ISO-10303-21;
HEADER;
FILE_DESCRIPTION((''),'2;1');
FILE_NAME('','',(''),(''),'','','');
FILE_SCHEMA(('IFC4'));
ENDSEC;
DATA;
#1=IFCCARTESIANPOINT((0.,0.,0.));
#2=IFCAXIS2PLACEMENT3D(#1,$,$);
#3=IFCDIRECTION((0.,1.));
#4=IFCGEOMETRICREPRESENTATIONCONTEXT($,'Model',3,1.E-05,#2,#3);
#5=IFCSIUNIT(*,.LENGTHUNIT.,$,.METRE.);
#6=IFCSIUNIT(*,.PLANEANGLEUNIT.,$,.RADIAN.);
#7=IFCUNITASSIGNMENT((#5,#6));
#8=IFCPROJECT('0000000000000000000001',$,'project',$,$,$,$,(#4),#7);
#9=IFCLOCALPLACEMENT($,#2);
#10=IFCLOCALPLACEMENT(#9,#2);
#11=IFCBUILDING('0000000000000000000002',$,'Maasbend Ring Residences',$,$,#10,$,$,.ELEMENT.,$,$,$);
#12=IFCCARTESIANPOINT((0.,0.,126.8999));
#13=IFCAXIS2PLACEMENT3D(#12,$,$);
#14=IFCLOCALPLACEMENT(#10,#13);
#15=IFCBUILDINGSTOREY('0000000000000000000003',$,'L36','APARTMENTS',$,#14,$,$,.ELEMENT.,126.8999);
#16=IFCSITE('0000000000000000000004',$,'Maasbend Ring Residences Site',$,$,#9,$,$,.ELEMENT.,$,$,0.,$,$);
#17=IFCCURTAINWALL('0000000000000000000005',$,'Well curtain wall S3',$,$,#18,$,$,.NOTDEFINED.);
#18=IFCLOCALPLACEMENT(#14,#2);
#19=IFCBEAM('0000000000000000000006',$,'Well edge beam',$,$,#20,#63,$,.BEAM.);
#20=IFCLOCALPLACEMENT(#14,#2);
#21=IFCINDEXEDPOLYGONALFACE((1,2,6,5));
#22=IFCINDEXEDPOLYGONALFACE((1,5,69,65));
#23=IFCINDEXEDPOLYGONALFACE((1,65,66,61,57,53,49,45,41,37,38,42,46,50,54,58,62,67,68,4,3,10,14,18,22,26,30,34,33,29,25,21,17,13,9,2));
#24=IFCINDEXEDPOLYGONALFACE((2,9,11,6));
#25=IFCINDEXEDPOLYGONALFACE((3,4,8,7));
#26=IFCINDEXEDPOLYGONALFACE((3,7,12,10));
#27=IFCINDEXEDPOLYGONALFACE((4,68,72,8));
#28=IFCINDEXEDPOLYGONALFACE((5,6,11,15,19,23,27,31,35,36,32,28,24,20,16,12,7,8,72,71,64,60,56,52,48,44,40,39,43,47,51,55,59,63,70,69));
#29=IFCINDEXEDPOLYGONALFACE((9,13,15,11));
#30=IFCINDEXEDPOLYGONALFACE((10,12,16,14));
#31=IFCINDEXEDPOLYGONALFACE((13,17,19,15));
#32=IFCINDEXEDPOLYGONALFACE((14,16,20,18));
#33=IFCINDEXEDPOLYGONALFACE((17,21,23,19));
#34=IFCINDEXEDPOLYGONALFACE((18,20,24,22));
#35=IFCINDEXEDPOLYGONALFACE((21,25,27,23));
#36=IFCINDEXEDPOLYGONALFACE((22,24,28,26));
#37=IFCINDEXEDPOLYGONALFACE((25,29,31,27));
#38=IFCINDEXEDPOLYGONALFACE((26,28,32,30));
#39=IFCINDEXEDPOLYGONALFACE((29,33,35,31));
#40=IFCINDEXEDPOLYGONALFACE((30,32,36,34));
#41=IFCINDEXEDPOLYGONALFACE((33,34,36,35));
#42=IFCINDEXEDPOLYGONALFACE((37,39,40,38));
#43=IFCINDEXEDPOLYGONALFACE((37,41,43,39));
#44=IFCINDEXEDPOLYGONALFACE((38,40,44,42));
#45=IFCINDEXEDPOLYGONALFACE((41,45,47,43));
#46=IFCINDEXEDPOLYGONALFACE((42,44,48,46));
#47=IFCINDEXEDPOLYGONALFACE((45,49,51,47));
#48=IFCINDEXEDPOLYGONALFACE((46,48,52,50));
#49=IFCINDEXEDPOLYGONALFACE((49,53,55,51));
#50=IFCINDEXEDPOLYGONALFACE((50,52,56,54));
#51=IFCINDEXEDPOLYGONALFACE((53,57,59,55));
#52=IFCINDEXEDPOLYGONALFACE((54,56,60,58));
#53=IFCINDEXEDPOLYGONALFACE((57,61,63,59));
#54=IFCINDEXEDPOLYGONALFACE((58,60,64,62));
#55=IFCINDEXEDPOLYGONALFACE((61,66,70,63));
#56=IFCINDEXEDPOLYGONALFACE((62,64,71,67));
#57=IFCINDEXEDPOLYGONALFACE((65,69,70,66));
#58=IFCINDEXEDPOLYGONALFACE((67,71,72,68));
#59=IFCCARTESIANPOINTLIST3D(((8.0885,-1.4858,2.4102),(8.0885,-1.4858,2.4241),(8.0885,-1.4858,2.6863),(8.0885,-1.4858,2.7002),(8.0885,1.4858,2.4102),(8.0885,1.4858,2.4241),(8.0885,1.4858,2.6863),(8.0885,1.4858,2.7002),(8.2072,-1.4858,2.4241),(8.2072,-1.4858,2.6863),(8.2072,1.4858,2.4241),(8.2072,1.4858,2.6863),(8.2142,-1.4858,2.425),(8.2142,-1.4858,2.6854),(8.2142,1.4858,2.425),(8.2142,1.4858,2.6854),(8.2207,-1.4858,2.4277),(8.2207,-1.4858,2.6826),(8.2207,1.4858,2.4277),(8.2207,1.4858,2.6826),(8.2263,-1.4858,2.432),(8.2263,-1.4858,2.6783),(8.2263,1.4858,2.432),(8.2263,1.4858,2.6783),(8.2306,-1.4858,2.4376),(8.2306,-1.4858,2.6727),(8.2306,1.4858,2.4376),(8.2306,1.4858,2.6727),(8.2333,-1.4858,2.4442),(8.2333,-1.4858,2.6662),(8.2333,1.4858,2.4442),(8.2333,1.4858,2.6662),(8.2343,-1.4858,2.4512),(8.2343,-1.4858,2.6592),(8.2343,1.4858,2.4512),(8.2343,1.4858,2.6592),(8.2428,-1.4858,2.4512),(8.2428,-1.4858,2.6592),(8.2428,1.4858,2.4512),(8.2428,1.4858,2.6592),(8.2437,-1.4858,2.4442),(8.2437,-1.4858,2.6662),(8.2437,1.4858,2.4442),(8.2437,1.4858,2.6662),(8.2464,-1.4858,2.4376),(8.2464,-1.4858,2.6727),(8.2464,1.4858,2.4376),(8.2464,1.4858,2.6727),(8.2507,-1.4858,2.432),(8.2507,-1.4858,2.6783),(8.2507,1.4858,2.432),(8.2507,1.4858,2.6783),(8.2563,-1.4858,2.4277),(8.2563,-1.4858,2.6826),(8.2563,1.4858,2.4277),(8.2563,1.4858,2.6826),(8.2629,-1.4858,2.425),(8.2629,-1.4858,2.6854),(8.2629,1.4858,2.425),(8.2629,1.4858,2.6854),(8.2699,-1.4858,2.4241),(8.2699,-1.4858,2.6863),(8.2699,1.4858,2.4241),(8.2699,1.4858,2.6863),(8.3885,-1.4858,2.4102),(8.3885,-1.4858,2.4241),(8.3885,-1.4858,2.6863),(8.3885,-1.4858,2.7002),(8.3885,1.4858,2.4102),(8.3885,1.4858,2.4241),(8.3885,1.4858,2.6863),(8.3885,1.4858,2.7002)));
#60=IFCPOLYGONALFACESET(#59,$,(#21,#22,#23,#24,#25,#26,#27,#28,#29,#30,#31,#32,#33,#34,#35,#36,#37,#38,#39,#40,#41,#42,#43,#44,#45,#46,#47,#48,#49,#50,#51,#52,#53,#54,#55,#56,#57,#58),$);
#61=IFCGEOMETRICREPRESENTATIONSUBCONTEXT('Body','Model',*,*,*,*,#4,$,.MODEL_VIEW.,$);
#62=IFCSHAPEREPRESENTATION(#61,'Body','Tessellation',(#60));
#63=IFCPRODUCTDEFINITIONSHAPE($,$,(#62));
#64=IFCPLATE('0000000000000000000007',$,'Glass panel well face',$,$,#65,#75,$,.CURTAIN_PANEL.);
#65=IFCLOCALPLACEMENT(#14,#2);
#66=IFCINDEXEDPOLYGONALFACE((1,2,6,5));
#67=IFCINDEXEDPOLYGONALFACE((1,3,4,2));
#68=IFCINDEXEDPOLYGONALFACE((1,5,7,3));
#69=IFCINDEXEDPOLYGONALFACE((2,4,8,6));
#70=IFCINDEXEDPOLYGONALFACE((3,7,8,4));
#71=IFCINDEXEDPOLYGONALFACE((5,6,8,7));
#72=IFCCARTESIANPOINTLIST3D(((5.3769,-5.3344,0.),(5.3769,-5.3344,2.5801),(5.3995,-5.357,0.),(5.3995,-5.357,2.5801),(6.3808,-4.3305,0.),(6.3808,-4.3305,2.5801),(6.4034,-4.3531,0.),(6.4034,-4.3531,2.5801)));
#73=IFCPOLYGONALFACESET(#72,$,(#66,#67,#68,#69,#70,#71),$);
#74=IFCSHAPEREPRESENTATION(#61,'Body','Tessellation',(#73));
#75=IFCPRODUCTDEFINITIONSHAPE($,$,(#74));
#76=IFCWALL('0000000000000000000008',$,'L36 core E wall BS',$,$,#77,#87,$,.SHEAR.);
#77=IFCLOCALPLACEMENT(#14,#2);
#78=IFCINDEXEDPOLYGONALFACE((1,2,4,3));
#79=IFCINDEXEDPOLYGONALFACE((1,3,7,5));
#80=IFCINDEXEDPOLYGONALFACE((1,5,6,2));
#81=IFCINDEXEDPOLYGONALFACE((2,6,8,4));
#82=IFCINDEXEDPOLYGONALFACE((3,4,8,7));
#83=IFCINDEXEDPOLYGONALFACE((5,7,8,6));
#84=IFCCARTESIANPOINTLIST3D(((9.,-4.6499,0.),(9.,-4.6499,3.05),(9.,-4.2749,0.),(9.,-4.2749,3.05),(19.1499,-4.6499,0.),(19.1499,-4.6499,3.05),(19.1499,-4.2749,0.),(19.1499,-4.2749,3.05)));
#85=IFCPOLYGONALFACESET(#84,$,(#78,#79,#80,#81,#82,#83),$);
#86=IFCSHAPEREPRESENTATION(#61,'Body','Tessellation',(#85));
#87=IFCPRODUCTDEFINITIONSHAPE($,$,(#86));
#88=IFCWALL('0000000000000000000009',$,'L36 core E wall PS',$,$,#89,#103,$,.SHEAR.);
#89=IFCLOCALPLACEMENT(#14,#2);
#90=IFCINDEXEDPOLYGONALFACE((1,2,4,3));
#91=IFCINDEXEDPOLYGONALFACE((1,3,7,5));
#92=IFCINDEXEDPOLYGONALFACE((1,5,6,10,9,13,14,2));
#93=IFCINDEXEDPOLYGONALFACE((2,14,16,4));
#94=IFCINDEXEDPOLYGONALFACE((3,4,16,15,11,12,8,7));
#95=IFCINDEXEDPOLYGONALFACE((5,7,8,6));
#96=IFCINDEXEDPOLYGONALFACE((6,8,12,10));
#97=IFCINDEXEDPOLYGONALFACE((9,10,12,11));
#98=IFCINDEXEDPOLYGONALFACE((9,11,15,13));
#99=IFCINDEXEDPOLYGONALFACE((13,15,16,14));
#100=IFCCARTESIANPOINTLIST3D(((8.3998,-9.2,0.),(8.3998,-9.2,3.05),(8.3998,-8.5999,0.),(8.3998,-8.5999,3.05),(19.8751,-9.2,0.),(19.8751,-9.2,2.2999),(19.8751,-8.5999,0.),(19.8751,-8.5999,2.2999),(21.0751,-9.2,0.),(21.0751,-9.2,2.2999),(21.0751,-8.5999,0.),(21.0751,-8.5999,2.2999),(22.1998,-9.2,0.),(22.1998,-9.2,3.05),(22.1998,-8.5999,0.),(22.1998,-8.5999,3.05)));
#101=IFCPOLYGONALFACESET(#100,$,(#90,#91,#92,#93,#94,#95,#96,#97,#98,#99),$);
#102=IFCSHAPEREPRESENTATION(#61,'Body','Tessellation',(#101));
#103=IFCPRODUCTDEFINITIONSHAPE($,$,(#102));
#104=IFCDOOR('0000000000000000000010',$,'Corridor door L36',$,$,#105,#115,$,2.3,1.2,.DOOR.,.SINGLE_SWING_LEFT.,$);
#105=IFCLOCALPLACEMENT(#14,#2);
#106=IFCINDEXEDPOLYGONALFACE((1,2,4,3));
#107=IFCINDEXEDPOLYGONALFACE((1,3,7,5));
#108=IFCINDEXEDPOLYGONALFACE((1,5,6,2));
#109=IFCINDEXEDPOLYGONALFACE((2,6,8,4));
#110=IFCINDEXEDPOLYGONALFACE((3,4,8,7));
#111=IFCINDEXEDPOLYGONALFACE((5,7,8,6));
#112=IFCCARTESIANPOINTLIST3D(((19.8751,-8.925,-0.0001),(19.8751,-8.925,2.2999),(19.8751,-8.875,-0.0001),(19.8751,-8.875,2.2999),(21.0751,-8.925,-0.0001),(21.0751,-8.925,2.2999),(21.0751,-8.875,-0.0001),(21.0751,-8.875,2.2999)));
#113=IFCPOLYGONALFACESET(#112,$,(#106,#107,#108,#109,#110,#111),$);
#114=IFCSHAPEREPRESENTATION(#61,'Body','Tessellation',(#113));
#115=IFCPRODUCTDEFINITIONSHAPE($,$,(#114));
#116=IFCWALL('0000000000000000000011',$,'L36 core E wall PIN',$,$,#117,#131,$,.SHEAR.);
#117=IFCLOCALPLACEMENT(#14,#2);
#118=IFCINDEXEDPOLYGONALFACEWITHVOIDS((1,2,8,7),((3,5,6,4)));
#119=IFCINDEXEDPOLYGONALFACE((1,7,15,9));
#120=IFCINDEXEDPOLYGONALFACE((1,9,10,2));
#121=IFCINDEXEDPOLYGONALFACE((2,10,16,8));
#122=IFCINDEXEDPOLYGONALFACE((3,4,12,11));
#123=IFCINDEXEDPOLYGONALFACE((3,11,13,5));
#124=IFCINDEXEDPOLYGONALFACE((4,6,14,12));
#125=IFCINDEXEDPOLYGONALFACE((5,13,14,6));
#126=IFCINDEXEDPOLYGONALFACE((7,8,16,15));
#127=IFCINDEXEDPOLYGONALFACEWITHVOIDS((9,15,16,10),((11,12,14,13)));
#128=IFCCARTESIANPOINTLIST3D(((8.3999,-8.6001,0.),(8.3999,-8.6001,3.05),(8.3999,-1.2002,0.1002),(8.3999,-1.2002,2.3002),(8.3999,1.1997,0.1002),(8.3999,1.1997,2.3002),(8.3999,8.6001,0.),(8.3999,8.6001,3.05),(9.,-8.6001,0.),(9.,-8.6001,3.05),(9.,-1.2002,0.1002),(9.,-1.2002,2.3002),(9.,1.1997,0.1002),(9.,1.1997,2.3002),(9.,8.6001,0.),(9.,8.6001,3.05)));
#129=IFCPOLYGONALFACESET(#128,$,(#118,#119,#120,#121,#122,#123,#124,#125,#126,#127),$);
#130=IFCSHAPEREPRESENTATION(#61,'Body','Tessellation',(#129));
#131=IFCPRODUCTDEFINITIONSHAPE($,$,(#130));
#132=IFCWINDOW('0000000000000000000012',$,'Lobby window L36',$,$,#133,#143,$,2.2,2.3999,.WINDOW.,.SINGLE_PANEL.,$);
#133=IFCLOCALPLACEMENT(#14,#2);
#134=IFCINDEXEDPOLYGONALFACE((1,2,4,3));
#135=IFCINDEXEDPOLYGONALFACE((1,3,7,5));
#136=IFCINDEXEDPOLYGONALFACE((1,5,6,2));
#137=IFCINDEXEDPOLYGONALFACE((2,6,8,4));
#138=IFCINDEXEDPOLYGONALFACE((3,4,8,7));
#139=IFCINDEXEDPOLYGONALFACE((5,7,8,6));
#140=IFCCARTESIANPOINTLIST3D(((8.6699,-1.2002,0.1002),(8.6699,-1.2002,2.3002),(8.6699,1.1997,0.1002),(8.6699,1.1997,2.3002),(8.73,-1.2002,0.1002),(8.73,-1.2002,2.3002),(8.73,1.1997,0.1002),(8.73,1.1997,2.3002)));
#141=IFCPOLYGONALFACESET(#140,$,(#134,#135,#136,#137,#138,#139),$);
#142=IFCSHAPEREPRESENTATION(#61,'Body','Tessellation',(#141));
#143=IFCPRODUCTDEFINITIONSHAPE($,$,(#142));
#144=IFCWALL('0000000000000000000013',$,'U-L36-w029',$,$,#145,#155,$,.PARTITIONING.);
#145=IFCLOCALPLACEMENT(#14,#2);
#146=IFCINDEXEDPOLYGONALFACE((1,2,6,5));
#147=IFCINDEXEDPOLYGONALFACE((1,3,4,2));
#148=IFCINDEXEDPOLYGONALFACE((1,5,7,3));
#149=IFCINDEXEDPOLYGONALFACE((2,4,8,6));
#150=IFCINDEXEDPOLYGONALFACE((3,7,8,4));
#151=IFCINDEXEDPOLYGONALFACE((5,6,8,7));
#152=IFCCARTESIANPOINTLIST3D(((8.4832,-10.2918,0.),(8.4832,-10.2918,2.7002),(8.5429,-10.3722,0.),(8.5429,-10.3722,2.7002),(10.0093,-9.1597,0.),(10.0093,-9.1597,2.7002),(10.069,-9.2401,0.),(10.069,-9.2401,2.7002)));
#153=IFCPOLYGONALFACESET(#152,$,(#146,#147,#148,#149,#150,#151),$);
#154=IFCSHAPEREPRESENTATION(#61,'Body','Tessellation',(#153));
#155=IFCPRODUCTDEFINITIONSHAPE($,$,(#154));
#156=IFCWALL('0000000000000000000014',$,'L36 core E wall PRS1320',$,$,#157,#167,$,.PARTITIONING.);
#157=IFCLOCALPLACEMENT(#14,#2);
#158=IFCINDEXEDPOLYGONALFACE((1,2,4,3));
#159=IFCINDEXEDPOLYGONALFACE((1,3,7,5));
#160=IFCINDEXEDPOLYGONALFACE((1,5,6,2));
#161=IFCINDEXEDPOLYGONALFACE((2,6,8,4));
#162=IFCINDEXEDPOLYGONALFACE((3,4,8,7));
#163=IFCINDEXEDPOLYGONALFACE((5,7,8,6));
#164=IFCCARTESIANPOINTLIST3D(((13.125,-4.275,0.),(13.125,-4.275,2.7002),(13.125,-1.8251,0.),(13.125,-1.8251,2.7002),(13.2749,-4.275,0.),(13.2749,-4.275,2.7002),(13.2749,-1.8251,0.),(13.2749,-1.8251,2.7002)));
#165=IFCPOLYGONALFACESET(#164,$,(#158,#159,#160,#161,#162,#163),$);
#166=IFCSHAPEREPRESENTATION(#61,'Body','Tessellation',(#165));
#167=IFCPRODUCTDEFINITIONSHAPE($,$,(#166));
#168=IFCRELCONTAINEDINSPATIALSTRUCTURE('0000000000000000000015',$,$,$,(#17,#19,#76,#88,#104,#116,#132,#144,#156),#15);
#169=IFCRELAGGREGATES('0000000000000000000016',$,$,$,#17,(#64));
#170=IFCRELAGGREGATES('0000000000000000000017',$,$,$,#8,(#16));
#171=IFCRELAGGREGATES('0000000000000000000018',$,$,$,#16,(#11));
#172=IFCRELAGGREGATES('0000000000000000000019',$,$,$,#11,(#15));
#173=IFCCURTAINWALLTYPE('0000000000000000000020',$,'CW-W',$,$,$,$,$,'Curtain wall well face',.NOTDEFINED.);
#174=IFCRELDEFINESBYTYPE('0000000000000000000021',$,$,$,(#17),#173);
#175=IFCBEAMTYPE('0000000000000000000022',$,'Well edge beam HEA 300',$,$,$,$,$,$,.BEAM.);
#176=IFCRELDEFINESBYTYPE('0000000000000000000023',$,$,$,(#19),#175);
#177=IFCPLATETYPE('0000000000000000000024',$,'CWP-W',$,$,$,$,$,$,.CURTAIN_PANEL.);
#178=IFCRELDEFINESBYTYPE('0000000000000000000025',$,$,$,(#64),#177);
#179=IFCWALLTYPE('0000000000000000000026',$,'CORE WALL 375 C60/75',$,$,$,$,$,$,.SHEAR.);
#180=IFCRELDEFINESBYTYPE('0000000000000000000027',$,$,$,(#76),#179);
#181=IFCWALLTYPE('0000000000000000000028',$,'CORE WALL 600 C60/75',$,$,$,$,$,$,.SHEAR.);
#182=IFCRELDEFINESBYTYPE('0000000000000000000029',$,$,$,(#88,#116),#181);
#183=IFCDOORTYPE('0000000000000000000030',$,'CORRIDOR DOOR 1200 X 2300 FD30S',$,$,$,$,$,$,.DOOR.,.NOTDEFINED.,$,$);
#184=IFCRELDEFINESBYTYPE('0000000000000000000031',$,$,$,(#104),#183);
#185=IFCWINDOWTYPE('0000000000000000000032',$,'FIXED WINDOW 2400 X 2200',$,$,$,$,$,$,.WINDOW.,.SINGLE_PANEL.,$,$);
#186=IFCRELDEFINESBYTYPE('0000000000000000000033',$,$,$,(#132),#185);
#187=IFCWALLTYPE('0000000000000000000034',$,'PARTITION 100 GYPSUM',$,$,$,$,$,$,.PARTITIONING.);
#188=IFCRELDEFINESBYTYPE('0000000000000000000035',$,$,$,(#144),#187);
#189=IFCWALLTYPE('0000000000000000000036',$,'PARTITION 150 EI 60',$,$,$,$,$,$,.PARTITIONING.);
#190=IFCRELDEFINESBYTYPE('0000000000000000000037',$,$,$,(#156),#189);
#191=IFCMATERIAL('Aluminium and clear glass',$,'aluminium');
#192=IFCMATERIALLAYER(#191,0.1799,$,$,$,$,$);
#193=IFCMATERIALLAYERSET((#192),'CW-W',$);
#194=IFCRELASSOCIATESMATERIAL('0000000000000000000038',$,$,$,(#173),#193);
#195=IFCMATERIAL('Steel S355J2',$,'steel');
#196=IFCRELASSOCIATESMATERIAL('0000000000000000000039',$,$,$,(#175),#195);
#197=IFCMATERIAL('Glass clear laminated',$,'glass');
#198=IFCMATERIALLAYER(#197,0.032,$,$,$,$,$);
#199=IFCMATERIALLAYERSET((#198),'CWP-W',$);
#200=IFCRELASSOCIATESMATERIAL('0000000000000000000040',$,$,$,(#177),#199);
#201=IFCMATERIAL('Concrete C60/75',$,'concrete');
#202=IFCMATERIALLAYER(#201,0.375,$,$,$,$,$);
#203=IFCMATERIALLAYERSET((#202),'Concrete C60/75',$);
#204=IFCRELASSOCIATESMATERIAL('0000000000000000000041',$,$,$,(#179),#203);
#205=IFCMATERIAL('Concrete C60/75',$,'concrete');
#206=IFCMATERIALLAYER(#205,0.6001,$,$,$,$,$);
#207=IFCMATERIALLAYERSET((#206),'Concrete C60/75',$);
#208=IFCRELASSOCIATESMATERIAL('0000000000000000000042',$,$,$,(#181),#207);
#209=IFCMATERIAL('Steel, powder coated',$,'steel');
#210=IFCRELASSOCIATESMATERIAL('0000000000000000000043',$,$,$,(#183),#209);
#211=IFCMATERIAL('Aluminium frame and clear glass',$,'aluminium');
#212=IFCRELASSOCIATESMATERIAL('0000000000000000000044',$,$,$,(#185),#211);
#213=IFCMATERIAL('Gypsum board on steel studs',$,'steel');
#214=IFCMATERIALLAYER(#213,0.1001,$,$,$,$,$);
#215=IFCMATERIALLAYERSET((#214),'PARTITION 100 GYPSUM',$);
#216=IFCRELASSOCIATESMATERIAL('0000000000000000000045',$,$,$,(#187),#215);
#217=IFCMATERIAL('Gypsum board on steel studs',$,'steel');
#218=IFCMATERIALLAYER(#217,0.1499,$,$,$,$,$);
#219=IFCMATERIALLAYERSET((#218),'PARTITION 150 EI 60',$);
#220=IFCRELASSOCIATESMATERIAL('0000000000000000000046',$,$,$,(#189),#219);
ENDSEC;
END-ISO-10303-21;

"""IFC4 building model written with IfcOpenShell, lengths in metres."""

from ifc_helpers import new_model, si_unit, direction, frame, frame_2d, origin, origin_2d, place, context, subcontext, project, spatial, rectangle, i_section, extrude, material, layer, layer_set, material_profile, profile_set, type_object, element, fill, aggregate, save


model = new_model("IFC4")

# Units and contexts
model_context = context("Model", 3, precision=1e-05, world=origin(), true_north=direction((0.0, 1.0)))
body_context = subcontext(model_context, "Body", "Model", "MODEL_VIEW")
ifc_project = project(units=[si_unit("LENGTHUNIT", "METRE"), si_unit("PLANEANGLEUNIT", "RADIAN")], contexts=[model_context])

# Site, building, storey
site_placement = place(None, origin())
site = spatial("IfcSite", under=ifc_project, at=site_placement, Name="Maasbend Ring Residences Site", CompositionType="ELEMENT", RefElevation=0.0)
building_placement = place(site_placement, origin())
building = spatial("IfcBuilding", under=site, at=building_placement, Name="Maasbend Ring Residences", CompositionType="ELEMENT")
storey_placement = place(building_placement, frame((0.0, 0.0, 126.8999)))
storey = spatial("IfcBuildingStorey", under=building, at=storey_placement, Name="L36", Description="APARTMENTS", CompositionType="ELEMENT", Elevation=126.8999)

# Curtain wall
ifc_material_1 = material(Name="Aluminium and clear glass", Category="aluminium")
ifc_layer_1 = layer(ifc_material_1, 0.1799)
ifc_layer_set_1 = layer_set([ifc_layer_1], Name="CW-W")
curtain_wall_type = type_object("IfcCurtainWallType", Name="CW-W", ElementType="Curtain wall well face", PredefinedType="NOTDEFINED", material=ifc_layer_set_1)
curtain_wall_placement = place(storey_placement, origin())
curtain_wall = element("IfcCurtainWall", 1, at=curtain_wall_placement, inside=storey, type_object=curtain_wall_type, Name="Well curtain wall S3", PredefinedType="NOTDEFINED")

# Beam
ifc_material_2 = material(Name="Steel S355J2", Category="steel")
ifc_material_profile_1 = material_profile(ifc_material_2, i_section(OverallWidth=0.3, OverallDepth=0.29, WebThickness=0.0085, FlangeThickness=0.0139, FilletRadius=0.0271, at=origin_2d()), Name="HEA 300")
ifc_profile_set_1 = profile_set([ifc_material_profile_1], Name="Steel S355J2")
beam_type = type_object("IfcBeamType", Name="Well edge beam HEA 300", PredefinedType="BEAM", material=ifc_profile_set_1)
for number, where, z_axis, x_axis, name in (
    (2, (8.2385, -1.4858, 2.5552), (0.0, 1.0, 0.0), (-1.0, 0.0, 0.0), "Well edge beam"),
):
    element("IfcBeam", number, at=place(storey_placement, frame(where, z_axis=z_axis, x_axis=x_axis)), inside=storey, type_object=beam_type, Name=name, PredefinedType="BEAM", context=body_context, shape_type="SweptSolid", body=[
        extrude(i_section(OverallWidth=0.3, OverallDepth=0.29, WebThickness=0.0085, FlangeThickness=0.0139, FilletRadius=0.0271, at=origin_2d()), origin(), (0.0, 0.0, 1.0), 2.9717),
    ])

# Plate
ifc_material_3 = material(Name="Glass clear laminated", Category="glass")
ifc_layer_2 = layer(ifc_material_3, 0.032)
ifc_layer_set_2 = layer_set([ifc_layer_2], Name="CWP-W")
plate_type = type_object("IfcPlateType", Name="CWP-W", PredefinedType="CURTAIN_PANEL", material=ifc_layer_set_2)
plate_placement = place(storey_placement, frame((5.8901, -4.8438, 0.0), z_axis=(0.0, 0.0, 1.0), x_axis=(0.707107, 0.707107, 0.0)))
plate = element("IfcPlate", 3, at=plate_placement, type_object=plate_type, Name="Glass panel well face", PredefinedType="CURTAIN_PANEL", context=body_context, shape_type="SweptSolid", body=[
    extrude(rectangle(XDim=1.4197, YDim=0.032, at=origin_2d()), origin(), (0.0, 0.0, 1.0), 2.5801),
])
aggregate(curtain_wall, [plate])

# Wall
ifc_material_4 = material(Name="Concrete C60/75", Category="concrete")
ifc_layer_3 = layer(ifc_material_4, 0.375)
ifc_layer_set_3 = layer_set([ifc_layer_3], Name="Concrete C60/75")
wall_type_1 = type_object("IfcWallType", Name="CORE WALL 375 C60/75", PredefinedType="SHEAR", material=ifc_layer_set_3)
wall_1_placement = place(storey_placement, frame((9.0, -4.4624, 0.0), z_axis=(0.0, 0.0, 1.0), x_axis=(1.0, 0.0, 0.0)))
element("IfcWall", 4, at=wall_1_placement, inside=storey, type_object=wall_type_1, Name="L36 core E wall BS", PredefinedType="SHEAR", context=body_context, shape_type="SweptSolid", body=[
    extrude(rectangle(XDim=10.1499, YDim=0.375, at=frame_2d((5.075, 0.0))), origin(), (0.0, 0.0, 1.0), 3.05),
])

# Wall, opening, door
ifc_material_5 = material(Name="Concrete C60/75", Category="concrete")
ifc_layer_4 = layer(ifc_material_5, 0.6001)
ifc_layer_set_4 = layer_set([ifc_layer_4], Name="Concrete C60/75")
wall_type_2 = type_object("IfcWallType", Name="CORE WALL 600 C60/75", PredefinedType="SHEAR", material=ifc_layer_set_4)
wall_2_placement = place(storey_placement, frame((8.3999, -8.8999, 0.0), z_axis=(0.0, 0.0, 1.0), x_axis=(1.0, 0.0, 0.0)))
wall_2 = element("IfcWall", 5, at=wall_2_placement, inside=storey, type_object=wall_type_2, Name="L36 core E wall PS", PredefinedType="SHEAR", context=body_context, shape_type="SweptSolid", body=[
    extrude(rectangle(XDim=13.8, YDim=0.6001, at=frame_2d((6.8999, 0.0))), origin(), (0.0, 0.0, 1.0), 3.05),
])
opening_1_placement = place(wall_2_placement, frame((11.4751, 0.0, 0.0)))
opening_1 = element("IfcOpeningElement", 6, at=opening_1_placement, cuts=wall_2, PredefinedType="OPENING", context=body_context, shape_type="SweptSolid", body=[
    extrude(rectangle(XDim=1.2, YDim=2.3, at=frame_2d((0.6001, 1.1499))), frame((0.0, 0.3101, 0.0), z_axis=(0.0, -1.0, 0.0), x_axis=(1.0, 0.0, 0.0)), (0.0, 0.0, 1.0), 0.6201),
])
ifc_material_6 = material(Name="Steel, powder coated", Category="steel")
door_type = type_object("IfcDoorType", Name="CORRIDOR DOOR 1200 X 2300 FD30S", OperationType="NOTDEFINED", PredefinedType="DOOR", material=ifc_material_6)
door_placement = place(opening_1_placement, origin())
door = element("IfcDoor", 7, at=door_placement, inside=storey, type_object=door_type, Name="Corridor door L36", OperationType="SINGLE_SWING_LEFT", OverallHeight=2.3, OverallWidth=1.2, PredefinedType="DOOR", context=body_context, shape_type="SweptSolid", body=[
    extrude(rectangle(XDim=1.2, YDim=2.3, at=frame_2d((0.6001, 1.1499))), frame((0.0, 0.0249, 0.0), z_axis=(0.0, -1.0, 0.0), x_axis=(1.0, 0.0, 0.0)), (0.0, 0.0, 1.0), 0.05),
])
fill(opening_1, door)

# Wall, opening, window
wall_3_placement = place(storey_placement, frame((8.7, -8.6001, 0.0), z_axis=(0.0, 0.0, 1.0), x_axis=(0.0, 1.0, 0.0)))
wall_3 = element("IfcWall", 8, at=wall_3_placement, inside=storey, type_object=wall_type_2, Name="L36 core E wall PIN", PredefinedType="SHEAR", context=body_context, shape_type="SweptSolid", body=[
    extrude(rectangle(XDim=17.2002, YDim=0.6001, at=frame_2d((8.6001, 0.0))), origin(), (0.0, 0.0, 1.0), 3.05),
])
opening_2_placement = place(wall_3_placement, frame((7.3999, 0.0, 0.1001)))
opening_2 = element("IfcOpeningElement", 9, at=opening_2_placement, cuts=wall_3, PredefinedType="OPENING", context=body_context, shape_type="SweptSolid", body=[
    extrude(rectangle(XDim=2.3999, YDim=2.2, at=frame_2d((1.2, 1.1001))), frame((0.0, 0.3101, 0.0), z_axis=(0.0, -1.0, 0.0), x_axis=(1.0, 0.0, 0.0)), (0.0, 0.0, 1.0), 0.6201),
])
ifc_material_7 = material(Name="Aluminium frame and clear glass", Category="aluminium")
window_type = type_object("IfcWindowType", Name="FIXED WINDOW 2400 X 2200", PartitioningType="SINGLE_PANEL", PredefinedType="WINDOW", material=ifc_material_7)
window_placement = place(opening_2_placement, origin())
window = element("IfcWindow", 10, at=window_placement, inside=storey, type_object=window_type, Name="Lobby window L36", OverallHeight=2.2, OverallWidth=2.3999, PartitioningType="SINGLE_PANEL", PredefinedType="WINDOW", context=body_context, shape_type="SweptSolid", body=[
    extrude(rectangle(XDim=2.3999, YDim=2.2, at=frame_2d((1.2, 1.1001))), frame((0.0, 0.03, 0.0), z_axis=(0.0, -1.0, 0.0), x_axis=(1.0, 0.0, 0.0)), (0.0, 0.0, 1.0), 0.0601),
])
fill(opening_2, window)

# Walls
ifc_material_8 = material(Name="Gypsum board on steel studs", Category="steel")
ifc_layer_5 = layer(ifc_material_8, 0.1001)
ifc_layer_set_5 = layer_set([ifc_layer_5], Name="PARTITION 100 GYPSUM")
wall_type_3 = type_object("IfcWallType", Name="PARTITION 100 GYPSUM", PredefinedType="PARTITIONING", material=ifc_layer_set_5)
wall_4_placement = place(storey_placement, frame((8.5129, -10.332, 0.0), z_axis=(0.0, 0.0, 1.0), x_axis=(0.80315, 0.595777, 0.0)))
element("IfcWall", 11, at=wall_4_placement, inside=storey, type_object=wall_type_3, Name="U-L36-w029", PredefinedType="PARTITIONING", context=body_context, shape_type="SweptSolid", body=[
    extrude(rectangle(XDim=1.9001, YDim=0.1001, at=frame_2d((0.9502, 0.0))), origin(), (0.0, 0.0, 1.0), 2.7002),
])
ifc_material_9 = material(Name="Gypsum board on steel studs", Category="steel")
ifc_layer_6 = layer(ifc_material_9, 0.1499)
ifc_layer_set_6 = layer_set([ifc_layer_6], Name="PARTITION 150 EI 60")
wall_type_4 = type_object("IfcWallType", Name="PARTITION 150 EI 60", PredefinedType="PARTITIONING", material=ifc_layer_set_6)
wall_5_placement = place(storey_placement, frame((13.2, -1.825, 0.0), z_axis=(0.0, 0.0, 1.0), x_axis=(0.0, -1.0, 0.0)))
element("IfcWall", 12, at=wall_5_placement, inside=storey, type_object=wall_type_4, Name="L36 core E wall PRS1320", PredefinedType="PARTITIONING", context=body_context, shape_type="SweptSolid", body=[
    extrude(rectangle(XDim=2.45, YDim=0.1499, at=frame_2d((1.2251, 0.0))), origin(), (0.0, 0.0, 1.0), 2.7002),
])

save(model, "model.ifc")
